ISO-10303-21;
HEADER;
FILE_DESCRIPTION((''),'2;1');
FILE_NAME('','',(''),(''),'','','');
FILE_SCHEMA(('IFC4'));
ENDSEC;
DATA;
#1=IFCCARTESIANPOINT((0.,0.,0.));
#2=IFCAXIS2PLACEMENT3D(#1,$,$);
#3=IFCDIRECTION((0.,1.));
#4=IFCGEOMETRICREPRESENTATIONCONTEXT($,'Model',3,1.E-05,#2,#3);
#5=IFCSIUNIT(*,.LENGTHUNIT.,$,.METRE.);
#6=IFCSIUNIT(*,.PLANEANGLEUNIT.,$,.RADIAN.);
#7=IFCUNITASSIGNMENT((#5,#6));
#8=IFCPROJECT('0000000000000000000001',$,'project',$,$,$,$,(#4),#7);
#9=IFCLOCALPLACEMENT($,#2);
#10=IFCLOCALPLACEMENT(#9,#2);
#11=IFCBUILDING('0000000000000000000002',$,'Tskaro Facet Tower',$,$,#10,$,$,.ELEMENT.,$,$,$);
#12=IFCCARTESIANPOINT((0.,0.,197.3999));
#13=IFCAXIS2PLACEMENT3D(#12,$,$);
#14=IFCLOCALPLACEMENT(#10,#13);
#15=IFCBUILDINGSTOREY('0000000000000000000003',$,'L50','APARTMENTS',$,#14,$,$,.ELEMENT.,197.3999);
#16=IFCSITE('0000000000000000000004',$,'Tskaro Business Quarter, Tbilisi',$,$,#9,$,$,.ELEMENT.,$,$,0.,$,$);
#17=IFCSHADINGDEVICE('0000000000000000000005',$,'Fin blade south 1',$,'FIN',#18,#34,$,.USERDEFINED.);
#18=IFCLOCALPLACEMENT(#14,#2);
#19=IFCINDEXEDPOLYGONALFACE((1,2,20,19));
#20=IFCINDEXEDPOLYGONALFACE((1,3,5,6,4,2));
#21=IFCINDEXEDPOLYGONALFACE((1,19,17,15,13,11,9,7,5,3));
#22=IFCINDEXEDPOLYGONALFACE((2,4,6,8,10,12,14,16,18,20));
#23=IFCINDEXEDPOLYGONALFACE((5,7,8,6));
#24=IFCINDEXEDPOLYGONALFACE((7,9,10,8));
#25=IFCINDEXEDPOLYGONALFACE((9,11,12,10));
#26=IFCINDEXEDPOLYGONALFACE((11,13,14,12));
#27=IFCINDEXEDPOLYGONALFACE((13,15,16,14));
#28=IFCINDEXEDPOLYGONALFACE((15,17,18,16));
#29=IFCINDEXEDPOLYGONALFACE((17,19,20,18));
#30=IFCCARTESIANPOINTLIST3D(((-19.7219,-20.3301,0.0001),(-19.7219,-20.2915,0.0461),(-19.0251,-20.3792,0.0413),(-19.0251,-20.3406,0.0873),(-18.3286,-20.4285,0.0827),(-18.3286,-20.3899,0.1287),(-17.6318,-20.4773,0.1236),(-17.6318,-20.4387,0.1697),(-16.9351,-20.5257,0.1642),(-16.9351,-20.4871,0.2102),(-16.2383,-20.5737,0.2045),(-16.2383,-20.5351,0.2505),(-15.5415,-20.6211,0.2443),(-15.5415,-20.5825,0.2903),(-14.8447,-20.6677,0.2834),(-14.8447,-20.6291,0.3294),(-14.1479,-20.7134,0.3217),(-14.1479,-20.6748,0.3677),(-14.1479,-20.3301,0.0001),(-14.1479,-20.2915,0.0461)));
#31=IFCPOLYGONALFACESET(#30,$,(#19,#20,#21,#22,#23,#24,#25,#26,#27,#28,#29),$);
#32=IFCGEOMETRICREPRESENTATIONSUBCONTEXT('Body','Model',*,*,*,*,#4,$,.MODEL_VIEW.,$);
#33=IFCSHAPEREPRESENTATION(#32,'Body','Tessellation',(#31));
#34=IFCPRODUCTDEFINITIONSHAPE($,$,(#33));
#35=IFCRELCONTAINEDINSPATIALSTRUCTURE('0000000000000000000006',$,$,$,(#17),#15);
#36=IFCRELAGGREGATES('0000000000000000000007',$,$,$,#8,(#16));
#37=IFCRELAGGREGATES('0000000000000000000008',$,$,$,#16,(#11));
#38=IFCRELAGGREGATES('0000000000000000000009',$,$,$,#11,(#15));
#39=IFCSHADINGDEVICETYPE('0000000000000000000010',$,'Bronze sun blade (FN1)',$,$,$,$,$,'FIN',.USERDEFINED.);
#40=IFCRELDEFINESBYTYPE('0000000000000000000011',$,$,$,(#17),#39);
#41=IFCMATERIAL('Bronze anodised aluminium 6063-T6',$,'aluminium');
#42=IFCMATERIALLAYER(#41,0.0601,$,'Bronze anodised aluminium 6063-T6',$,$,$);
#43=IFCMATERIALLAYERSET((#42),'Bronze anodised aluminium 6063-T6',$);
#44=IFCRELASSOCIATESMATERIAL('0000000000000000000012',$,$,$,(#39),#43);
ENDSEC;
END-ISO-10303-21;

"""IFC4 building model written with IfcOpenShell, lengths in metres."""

from ifc_helpers import new_model, si_unit, direction, frame, origin, place, context, subcontext, project, spatial, polyline, outline, extrude, material, layer, layer_set, type_object, element, save


model = new_model("IFC4")

# Units and contexts
model_context = context("Model", 3, precision=1e-05, world=origin(), true_north=direction((0.0, 1.0)))
body_context = subcontext(model_context, "Body", "Model", "MODEL_VIEW")
ifc_project = project(units=[si_unit("LENGTHUNIT", "METRE"), si_unit("PLANEANGLEUNIT", "RADIAN")], contexts=[model_context])

# Site, building, storey
site_placement = place(None, origin())
site = spatial("IfcSite", under=ifc_project, at=site_placement, Name="Tskaro Business Quarter, Tbilisi", CompositionType="ELEMENT", RefElevation=0.0)
building_placement = place(site_placement, origin())
building = spatial("IfcBuilding", under=site, at=building_placement, Name="Tskaro Facet Tower", CompositionType="ELEMENT")
storey_placement = place(building_placement, frame((0.0, 0.0, 197.3999)))
storey = spatial("IfcBuildingStorey", under=building, at=storey_placement, Name="L50", Description="APARTMENTS", CompositionType="ELEMENT", Elevation=197.3999)

# Shared definitions
ifc_material_1 = material(Name="Bronze anodised aluminium 6063-T6", Category="aluminium")

# Shading device
ifc_layer_1 = layer(ifc_material_1, 0.0601, Name="Bronze anodised aluminium 6063-T6")
ifc_layer_set_1 = layer_set([ifc_layer_1], Name="Bronze anodised aluminium 6063-T6")
shading_device_type = type_object("IfcShadingDeviceType", Name="Bronze sun blade (FN1)", ElementType="FIN", PredefinedType="USERDEFINED", material=ifc_layer_set_1)
shading_device_placement = place(storey_placement, frame((-19.7219, -20.2915, 0.0461), z_axis=(0.000003, 0.642702, 0.766116), x_axis=(1.0, -0.000002, -0.000002)))
element("IfcShadingDevice", 1, at=shading_device_placement, inside=storey, type_object=shading_device_type, Name="Fin blade south 1", ObjectType="FIN", PredefinedType="USERDEFINED", context=body_context, shape_type="SweptSolid", body=[
    extrude(outline(polyline([(0.0, 0.0), (5.574, 0.0), (5.574, -0.5003), (4.8772, -0.4407), (4.1804, -0.3799), (3.4836, -0.318), (2.7869, -0.2553), (2.0901, -0.1922), (1.3933, -0.1284), (0.6968, -0.0641), (0.0, 0.0)])), origin(), (0.0, 0.0, -1.0), 0.0601),
])

save(model, "model.ifc")
